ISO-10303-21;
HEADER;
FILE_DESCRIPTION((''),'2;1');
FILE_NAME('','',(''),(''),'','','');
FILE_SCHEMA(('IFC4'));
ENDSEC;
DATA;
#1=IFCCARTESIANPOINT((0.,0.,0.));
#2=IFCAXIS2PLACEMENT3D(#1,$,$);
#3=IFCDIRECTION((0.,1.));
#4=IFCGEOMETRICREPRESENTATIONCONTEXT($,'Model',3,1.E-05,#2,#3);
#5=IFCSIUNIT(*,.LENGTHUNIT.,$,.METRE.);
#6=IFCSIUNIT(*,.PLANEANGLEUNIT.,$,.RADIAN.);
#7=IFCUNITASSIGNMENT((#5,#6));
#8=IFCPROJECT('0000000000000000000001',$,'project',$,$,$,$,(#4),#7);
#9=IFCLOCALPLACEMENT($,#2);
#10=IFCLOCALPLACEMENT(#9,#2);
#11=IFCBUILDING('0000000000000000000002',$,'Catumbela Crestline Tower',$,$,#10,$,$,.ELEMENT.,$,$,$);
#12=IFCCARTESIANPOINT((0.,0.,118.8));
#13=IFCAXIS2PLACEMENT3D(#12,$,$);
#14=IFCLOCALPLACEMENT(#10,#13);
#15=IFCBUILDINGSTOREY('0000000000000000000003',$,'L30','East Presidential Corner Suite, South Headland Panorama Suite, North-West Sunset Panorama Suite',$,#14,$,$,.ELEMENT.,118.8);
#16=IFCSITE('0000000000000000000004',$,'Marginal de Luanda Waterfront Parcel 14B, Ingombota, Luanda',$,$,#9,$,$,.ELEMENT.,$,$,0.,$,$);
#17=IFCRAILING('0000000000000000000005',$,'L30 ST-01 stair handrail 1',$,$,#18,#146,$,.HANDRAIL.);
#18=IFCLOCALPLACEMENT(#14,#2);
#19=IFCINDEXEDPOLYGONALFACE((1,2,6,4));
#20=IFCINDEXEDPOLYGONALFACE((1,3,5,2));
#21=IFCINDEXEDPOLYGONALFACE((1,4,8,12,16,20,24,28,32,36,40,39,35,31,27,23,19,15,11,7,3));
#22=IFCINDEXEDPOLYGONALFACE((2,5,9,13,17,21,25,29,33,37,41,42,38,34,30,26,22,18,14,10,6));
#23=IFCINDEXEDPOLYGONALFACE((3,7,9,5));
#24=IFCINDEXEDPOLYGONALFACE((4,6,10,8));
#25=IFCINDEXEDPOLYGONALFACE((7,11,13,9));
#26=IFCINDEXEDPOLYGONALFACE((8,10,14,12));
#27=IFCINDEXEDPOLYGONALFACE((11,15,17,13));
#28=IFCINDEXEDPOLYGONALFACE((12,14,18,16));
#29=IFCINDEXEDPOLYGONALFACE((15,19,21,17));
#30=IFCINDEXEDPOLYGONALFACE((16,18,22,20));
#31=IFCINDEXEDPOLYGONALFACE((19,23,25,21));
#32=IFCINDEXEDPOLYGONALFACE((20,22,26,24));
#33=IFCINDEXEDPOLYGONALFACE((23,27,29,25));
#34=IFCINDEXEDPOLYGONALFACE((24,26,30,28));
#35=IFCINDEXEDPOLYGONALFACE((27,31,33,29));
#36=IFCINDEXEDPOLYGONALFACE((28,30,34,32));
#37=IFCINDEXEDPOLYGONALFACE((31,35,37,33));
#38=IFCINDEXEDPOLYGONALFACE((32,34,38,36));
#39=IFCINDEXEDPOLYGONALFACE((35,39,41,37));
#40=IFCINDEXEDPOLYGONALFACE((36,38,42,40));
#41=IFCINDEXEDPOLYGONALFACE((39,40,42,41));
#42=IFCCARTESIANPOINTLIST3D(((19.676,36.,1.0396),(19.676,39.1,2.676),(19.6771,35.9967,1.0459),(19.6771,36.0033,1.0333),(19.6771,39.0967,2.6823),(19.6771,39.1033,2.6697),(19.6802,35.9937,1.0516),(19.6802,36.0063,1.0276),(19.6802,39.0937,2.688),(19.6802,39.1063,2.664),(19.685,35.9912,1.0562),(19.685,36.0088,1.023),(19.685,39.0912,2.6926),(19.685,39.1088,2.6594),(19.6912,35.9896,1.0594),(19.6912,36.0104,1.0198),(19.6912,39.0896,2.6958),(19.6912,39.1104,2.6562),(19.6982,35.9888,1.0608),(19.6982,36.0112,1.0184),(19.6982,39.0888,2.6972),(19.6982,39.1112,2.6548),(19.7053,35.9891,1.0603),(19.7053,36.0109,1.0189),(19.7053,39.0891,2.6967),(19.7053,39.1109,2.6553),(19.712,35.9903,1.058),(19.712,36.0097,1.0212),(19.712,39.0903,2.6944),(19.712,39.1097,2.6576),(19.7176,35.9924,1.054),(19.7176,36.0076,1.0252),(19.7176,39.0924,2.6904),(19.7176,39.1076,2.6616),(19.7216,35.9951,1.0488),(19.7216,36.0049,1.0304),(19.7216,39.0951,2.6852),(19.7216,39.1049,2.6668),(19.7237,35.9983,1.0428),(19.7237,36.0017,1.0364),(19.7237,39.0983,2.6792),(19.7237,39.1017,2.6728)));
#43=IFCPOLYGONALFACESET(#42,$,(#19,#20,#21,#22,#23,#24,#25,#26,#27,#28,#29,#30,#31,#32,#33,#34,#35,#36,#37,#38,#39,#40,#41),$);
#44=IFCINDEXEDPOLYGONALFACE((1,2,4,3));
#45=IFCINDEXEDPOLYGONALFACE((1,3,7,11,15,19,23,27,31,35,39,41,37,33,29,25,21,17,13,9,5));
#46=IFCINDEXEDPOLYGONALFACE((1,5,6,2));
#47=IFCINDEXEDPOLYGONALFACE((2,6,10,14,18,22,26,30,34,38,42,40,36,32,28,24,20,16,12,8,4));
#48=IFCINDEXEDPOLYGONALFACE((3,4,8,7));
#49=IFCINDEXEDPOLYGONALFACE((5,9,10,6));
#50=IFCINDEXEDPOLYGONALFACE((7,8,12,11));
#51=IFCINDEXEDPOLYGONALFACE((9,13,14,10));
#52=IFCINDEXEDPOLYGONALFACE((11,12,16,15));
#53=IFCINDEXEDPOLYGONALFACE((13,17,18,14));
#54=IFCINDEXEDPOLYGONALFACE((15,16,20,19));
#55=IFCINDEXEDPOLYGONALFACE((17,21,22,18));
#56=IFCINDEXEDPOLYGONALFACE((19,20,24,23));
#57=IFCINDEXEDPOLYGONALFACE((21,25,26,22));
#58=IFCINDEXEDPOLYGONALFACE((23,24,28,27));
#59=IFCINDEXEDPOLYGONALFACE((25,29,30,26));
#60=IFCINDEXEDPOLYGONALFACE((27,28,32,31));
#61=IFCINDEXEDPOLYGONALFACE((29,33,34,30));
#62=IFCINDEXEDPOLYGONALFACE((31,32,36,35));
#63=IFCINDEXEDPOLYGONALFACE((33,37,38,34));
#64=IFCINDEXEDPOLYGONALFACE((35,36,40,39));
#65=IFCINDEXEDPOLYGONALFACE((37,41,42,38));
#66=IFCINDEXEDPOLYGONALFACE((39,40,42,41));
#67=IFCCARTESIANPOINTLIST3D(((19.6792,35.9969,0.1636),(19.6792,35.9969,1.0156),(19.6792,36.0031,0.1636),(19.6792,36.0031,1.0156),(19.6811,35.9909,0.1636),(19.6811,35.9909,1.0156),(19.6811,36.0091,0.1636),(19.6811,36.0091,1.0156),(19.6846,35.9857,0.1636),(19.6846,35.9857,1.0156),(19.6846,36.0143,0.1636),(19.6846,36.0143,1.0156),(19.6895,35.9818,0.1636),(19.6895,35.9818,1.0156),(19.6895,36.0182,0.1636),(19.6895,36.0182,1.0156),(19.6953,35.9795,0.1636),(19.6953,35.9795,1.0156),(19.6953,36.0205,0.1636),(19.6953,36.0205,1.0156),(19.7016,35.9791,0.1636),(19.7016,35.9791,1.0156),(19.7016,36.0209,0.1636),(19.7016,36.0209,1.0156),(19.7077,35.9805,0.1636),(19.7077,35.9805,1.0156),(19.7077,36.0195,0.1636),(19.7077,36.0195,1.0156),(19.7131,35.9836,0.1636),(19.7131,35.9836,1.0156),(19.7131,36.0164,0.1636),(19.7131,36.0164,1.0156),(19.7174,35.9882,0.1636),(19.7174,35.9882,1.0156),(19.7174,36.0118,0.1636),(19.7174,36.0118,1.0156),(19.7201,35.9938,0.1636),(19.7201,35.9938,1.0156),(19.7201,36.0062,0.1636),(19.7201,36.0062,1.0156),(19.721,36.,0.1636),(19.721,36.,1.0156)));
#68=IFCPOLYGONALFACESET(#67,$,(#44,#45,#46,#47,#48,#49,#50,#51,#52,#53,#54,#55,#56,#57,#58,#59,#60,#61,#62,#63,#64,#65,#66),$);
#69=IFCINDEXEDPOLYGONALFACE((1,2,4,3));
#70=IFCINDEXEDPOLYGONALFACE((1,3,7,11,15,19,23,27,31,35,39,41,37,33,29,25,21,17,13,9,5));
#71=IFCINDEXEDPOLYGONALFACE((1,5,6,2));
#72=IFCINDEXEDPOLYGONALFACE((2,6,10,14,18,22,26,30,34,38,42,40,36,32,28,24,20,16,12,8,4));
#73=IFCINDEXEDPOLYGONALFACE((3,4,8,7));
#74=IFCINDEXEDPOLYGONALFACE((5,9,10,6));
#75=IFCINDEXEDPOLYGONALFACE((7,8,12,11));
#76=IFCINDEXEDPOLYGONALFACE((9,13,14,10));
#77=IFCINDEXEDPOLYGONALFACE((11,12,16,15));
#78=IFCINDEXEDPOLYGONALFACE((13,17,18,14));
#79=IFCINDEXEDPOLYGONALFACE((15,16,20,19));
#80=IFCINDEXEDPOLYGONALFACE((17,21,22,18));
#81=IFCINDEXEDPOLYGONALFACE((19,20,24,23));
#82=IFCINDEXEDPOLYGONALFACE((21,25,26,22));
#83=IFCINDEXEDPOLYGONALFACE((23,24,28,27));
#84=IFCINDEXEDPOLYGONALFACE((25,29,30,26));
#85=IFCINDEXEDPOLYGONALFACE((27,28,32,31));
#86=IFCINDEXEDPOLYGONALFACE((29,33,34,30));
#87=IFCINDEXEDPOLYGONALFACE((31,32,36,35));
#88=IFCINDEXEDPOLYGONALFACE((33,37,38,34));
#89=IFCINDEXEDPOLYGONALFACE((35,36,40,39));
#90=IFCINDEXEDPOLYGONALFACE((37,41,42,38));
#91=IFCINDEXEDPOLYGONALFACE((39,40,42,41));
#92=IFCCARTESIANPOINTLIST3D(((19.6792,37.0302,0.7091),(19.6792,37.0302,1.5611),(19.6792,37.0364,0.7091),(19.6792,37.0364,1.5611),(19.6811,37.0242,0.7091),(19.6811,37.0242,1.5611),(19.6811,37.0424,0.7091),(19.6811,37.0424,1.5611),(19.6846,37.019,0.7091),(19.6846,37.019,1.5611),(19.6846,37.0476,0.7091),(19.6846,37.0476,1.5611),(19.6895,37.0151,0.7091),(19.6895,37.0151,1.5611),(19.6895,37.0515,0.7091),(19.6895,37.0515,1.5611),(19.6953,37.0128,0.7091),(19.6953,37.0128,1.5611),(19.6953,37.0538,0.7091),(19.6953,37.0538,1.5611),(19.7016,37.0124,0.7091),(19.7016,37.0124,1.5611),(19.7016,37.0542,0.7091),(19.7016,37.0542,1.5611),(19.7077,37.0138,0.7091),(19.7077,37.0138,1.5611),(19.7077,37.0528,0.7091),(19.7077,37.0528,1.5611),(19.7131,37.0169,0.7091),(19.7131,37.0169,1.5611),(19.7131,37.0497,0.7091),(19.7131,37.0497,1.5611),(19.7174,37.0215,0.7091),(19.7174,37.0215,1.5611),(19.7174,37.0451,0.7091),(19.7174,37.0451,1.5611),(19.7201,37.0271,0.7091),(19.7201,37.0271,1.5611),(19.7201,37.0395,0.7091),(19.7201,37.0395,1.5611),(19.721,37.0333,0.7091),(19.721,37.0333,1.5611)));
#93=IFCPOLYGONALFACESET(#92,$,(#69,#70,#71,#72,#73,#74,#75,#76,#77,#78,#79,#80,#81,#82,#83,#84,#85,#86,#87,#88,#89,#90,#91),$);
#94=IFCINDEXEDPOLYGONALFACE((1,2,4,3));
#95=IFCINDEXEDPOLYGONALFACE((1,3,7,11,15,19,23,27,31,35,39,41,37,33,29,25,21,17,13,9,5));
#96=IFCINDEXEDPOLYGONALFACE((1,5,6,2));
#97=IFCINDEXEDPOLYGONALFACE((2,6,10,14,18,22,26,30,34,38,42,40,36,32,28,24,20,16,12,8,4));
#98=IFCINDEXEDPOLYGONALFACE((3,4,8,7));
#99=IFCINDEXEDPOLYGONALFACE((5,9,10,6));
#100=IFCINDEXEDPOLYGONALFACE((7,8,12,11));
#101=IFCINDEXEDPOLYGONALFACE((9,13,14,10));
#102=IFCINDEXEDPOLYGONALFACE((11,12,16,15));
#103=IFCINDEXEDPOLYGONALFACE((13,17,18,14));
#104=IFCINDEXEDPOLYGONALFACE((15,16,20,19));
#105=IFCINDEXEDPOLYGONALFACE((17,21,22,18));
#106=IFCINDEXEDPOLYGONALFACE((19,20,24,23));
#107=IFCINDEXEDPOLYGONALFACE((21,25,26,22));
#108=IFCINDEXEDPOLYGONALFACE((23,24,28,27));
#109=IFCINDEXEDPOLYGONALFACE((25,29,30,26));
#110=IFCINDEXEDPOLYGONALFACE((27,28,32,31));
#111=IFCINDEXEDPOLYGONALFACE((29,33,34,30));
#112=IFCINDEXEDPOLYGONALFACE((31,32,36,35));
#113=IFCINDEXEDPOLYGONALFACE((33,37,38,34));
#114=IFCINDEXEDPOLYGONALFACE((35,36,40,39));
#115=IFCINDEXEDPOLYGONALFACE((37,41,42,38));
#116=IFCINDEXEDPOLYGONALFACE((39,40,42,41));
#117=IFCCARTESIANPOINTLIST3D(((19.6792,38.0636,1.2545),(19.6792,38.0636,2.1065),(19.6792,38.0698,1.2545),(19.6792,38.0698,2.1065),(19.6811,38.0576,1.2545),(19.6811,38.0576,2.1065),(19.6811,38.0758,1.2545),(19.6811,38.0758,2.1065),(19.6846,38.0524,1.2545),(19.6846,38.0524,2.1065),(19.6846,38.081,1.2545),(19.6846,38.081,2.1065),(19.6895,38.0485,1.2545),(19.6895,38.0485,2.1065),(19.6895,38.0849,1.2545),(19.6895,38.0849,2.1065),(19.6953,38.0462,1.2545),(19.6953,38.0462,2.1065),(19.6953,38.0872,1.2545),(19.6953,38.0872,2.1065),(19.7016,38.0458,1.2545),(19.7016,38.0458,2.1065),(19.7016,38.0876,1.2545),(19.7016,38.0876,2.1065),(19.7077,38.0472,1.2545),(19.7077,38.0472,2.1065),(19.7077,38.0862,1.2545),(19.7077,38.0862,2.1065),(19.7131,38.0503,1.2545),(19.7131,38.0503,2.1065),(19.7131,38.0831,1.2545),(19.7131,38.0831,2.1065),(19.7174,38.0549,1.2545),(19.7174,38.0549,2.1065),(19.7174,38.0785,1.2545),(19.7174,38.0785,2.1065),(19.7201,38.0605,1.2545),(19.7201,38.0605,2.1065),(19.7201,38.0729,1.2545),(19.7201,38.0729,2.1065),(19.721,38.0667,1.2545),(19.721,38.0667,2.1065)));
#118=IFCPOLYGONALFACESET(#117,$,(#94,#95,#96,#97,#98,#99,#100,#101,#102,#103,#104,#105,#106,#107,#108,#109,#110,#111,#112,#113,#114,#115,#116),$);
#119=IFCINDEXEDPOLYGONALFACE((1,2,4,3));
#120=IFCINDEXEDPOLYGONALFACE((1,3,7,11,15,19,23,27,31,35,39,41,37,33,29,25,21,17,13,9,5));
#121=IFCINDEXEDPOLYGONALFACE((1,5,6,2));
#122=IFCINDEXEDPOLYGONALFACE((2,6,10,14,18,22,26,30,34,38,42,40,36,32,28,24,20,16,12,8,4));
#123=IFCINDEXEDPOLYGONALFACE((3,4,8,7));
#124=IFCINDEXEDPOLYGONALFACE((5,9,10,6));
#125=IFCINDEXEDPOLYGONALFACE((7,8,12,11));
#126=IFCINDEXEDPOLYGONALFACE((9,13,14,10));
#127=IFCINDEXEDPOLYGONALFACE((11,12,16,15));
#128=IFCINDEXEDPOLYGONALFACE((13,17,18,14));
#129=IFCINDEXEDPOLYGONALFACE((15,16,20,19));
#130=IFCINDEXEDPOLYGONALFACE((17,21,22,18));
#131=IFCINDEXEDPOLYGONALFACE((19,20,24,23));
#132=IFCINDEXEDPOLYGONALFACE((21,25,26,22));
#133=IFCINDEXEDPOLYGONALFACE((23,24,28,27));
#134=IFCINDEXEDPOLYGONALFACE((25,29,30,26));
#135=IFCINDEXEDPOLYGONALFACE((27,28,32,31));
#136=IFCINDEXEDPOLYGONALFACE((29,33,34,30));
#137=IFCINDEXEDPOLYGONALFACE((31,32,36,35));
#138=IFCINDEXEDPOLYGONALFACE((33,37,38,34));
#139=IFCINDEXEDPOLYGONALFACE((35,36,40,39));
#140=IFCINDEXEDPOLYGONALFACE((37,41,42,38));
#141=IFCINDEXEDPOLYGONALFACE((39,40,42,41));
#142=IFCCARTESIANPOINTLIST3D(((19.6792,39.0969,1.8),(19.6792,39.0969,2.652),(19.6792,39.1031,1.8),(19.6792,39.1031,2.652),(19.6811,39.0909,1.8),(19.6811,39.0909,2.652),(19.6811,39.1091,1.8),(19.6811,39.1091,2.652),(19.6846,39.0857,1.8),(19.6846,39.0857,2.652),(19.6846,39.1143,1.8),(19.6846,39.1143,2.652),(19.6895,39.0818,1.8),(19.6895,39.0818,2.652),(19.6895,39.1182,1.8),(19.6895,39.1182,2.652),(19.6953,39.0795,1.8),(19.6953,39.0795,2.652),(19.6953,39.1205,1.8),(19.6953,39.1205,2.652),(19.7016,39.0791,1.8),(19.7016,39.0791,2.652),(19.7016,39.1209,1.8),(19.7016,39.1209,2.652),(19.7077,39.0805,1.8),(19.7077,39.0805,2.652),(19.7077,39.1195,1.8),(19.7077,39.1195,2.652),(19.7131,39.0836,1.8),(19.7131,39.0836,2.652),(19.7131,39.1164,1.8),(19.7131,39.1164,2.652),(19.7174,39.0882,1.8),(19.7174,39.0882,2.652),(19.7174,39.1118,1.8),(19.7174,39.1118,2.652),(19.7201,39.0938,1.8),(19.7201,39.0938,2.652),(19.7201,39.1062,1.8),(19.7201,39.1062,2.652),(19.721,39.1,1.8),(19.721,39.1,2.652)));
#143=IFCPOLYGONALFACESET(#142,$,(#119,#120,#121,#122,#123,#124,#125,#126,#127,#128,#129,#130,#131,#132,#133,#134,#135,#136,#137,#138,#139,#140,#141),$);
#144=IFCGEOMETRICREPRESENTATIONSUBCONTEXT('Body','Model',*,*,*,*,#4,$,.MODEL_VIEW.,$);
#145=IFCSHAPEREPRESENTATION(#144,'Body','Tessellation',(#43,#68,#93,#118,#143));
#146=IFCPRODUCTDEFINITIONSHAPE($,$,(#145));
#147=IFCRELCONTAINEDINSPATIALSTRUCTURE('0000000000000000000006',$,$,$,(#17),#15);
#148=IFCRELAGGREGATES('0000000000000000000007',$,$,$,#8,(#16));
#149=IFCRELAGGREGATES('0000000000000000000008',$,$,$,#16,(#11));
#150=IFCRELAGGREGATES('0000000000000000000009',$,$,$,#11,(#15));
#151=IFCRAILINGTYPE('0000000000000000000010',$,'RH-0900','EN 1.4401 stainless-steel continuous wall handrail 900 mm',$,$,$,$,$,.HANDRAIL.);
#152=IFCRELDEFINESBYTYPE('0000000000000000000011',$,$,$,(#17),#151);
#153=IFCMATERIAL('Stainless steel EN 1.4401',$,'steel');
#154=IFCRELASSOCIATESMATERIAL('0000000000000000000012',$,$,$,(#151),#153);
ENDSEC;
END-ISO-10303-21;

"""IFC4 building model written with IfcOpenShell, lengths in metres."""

from ifc_helpers import new_model, si_unit, direction, frame, origin, origin_2d, place, context, subcontext, project, spatial, circle, extrude, material, type_object, element, save


model = new_model("IFC4")

# Units and contexts
model_context = context("Model", 3, precision=1e-05, world=origin(), true_north=direction((0.0, 1.0)))
body_context = subcontext(model_context, "Body", "Model", "MODEL_VIEW")
ifc_project = project(units=[si_unit("LENGTHUNIT", "METRE"), si_unit("PLANEANGLEUNIT", "RADIAN")], contexts=[model_context])

# Site, building, storey
site_placement = place(None, origin())
site = spatial("IfcSite", under=ifc_project, at=site_placement, Name="Marginal de Luanda Waterfront Parcel 14B, Ingombota, Luanda", CompositionType="ELEMENT", RefElevation=0.0)
building_placement = place(site_placement, origin())
building = spatial("IfcBuilding", under=site, at=building_placement, Name="Catumbela Crestline Tower", CompositionType="ELEMENT")
storey_placement = place(building_placement, frame((0.0, 0.0, 118.8)))
storey = spatial("IfcBuildingStorey", under=building, at=storey_placement, Name="L30", Description="East Presidential Corner Suite, South Headland Panorama Suite, North-West Sunset Panorama Suite", CompositionType="ELEMENT", Elevation=118.8)

# Shared definitions
ifc_material_1 = material(Name="Stainless steel EN 1.4401", Category="steel")

# Railing
railing_type_1 = type_object("IfcRailingType", Name="RH-0900", Description="EN 1.4401 stainless-steel continuous wall handrail 900 mm", PredefinedType="HANDRAIL", material=ifc_material_1)
railing_1_placement = place(storey_placement, frame((19.7, 36.0, 0.1636)))
element("IfcRailing", 1, at=railing_1_placement, inside=storey, type_object=railing_type_1, Name="L30 ST-01 stair handrail 1", PredefinedType="HANDRAIL", context=body_context, shape_type="SweptSolid", body=[
    extrude(circle(Radius=0.024, at=origin_2d()), frame((0.0, 0.0, 0.876), z_axis=(0.0, 0.884351, 0.466823), x_axis=(-1.0, 0.0, 0.0)), (0.0, 0.0, 1.0), 3.5054),
    extrude(circle(Radius=0.021, at=origin_2d()), origin(), (0.0, 0.0, 1.0), 0.852),
    extrude(circle(Radius=0.021, at=origin_2d()), frame((0.0, 1.0333, 0.5455)), (0.0, 0.0, 1.0), 0.852),
    extrude(circle(Radius=0.021, at=origin_2d()), frame((0.0, 2.0667, 1.0909)), (0.0, 0.0, 1.0), 0.852),
    extrude(circle(Radius=0.021, at=origin_2d()), frame((0.0, 3.1, 1.6364)), (0.0, 0.0, 1.0), 0.852),
])

save(model, "model.ifc")
